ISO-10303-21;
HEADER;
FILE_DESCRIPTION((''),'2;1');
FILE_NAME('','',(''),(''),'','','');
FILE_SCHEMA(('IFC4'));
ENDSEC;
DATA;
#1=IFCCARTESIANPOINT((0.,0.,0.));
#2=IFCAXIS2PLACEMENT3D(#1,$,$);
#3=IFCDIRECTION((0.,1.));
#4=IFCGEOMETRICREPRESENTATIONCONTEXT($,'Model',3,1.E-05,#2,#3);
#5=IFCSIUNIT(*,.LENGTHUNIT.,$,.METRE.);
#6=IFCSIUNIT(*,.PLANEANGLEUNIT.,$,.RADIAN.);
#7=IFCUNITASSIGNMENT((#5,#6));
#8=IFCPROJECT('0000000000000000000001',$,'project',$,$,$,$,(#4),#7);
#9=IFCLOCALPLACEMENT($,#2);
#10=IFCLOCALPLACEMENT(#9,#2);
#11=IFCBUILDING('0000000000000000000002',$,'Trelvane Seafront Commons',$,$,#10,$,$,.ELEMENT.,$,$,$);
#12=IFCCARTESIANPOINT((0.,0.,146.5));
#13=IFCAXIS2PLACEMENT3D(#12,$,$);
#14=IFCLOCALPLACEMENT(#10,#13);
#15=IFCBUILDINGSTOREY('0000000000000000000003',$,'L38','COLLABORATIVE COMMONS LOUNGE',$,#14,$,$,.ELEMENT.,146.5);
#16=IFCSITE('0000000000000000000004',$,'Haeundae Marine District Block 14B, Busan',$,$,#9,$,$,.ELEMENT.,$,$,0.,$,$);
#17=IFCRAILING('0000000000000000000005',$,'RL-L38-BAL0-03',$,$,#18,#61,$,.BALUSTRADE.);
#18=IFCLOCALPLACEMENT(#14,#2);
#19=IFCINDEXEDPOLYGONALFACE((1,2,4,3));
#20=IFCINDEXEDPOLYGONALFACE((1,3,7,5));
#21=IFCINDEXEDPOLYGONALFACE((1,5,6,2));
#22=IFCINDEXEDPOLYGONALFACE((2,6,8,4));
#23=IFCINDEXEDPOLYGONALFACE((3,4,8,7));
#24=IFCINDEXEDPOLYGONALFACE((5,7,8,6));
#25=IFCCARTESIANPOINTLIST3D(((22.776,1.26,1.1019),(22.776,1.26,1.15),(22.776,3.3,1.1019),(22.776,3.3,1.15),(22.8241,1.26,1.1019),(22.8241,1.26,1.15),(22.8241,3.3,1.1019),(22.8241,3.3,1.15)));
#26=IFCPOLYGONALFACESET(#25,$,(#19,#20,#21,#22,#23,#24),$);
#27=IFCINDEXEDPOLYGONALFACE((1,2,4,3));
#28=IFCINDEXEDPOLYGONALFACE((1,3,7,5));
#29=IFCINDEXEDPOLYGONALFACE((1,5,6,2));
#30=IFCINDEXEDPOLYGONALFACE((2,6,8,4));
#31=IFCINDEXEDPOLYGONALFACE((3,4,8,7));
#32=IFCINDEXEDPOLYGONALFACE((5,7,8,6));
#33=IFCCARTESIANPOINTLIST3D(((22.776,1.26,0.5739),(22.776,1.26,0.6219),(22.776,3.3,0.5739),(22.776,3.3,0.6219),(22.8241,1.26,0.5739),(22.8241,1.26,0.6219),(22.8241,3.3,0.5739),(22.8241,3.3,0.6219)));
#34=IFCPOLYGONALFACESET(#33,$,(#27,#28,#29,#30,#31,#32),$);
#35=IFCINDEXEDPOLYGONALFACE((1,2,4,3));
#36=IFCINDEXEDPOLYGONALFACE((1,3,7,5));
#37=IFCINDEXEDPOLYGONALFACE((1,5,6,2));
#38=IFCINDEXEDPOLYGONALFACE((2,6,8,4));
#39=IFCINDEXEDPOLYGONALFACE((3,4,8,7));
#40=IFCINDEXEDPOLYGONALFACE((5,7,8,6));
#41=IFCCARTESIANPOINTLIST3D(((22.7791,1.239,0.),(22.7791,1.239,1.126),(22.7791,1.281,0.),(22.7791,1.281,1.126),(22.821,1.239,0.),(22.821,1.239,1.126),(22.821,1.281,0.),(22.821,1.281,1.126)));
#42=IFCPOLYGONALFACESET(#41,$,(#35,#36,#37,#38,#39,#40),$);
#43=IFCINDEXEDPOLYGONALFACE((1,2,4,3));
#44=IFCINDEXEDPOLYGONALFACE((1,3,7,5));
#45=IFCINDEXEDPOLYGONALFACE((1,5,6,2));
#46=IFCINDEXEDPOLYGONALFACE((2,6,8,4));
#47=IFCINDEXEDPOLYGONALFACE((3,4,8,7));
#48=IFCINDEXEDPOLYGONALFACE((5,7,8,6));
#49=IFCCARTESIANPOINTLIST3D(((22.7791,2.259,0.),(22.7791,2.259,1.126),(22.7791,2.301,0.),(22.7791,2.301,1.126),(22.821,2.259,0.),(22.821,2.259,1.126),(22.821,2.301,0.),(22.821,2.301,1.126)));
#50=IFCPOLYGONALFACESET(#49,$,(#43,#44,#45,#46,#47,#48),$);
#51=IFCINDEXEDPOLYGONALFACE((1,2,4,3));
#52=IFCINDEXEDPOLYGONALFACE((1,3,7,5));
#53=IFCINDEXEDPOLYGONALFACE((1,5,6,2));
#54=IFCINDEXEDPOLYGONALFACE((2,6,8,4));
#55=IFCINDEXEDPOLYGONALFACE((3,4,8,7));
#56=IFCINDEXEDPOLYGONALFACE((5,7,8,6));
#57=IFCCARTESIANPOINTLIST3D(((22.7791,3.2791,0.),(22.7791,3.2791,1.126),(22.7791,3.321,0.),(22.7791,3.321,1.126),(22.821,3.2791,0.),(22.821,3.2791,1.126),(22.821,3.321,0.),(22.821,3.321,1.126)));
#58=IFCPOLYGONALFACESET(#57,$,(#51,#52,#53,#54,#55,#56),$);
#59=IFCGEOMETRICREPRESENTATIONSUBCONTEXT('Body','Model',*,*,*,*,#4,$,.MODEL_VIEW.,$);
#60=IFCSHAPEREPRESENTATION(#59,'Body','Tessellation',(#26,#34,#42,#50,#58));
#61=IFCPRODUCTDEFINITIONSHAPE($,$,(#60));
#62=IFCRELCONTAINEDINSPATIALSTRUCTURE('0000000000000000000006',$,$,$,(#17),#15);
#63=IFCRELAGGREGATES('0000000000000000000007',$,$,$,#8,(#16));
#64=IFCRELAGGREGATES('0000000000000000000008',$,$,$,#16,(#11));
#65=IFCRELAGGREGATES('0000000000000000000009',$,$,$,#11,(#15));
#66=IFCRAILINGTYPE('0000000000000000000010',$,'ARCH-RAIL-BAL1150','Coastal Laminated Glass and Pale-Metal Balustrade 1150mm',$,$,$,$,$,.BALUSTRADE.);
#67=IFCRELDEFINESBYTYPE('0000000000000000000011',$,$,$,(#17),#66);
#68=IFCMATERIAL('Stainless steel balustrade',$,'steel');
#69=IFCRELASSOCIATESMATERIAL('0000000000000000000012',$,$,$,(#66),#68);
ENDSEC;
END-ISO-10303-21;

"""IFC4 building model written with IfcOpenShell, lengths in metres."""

from ifc_helpers import new_model, si_unit, direction, frame, origin, origin_2d, place, context, subcontext, project, spatial, rectangle, extrude, material, type_object, element, save


model = new_model("IFC4")

# Units and contexts
model_context = context("Model", 3, precision=1e-05, world=origin(), true_north=direction((0.0, 1.0)))
body_context = subcontext(model_context, "Body", "Model", "MODEL_VIEW")
ifc_project = project(units=[si_unit("LENGTHUNIT", "METRE"), si_unit("PLANEANGLEUNIT", "RADIAN")], contexts=[model_context])

# Site, building, storey
site_placement = place(None, origin())
site = spatial("IfcSite", under=ifc_project, at=site_placement, Name="Haeundae Marine District Block 14B, Busan", CompositionType="ELEMENT", RefElevation=0.0)
building_placement = place(site_placement, origin())
building = spatial("IfcBuilding", under=site, at=building_placement, Name="Trelvane Seafront Commons", CompositionType="ELEMENT")
storey_placement = place(building_placement, frame((0.0, 0.0, 146.5)))
storey = spatial("IfcBuildingStorey", under=building, at=storey_placement, Name="L38", Description="COLLABORATIVE COMMONS LOUNGE", CompositionType="ELEMENT", Elevation=146.5)

# Railing
ifc_material_1 = material(Name="Stainless steel balustrade", Category="steel")
railing_type = type_object("IfcRailingType", Name="ARCH-RAIL-BAL1150", Description="Coastal Laminated Glass and Pale-Metal Balustrade 1150mm", PredefinedType="BALUSTRADE", material=ifc_material_1)
railing_1_placement = place(storey_placement, frame((22.8, 1.26, 0.0)))
element("IfcRailing", 1, at=railing_1_placement, inside=storey, type_object=railing_type, Name="RL-L38-BAL0-03", PredefinedType="BALUSTRADE", context=body_context, shape_type="SweptSolid", body=[
    extrude(rectangle(XDim=0.0481, YDim=0.0481, at=origin_2d()), frame((0.0, 0.0, 1.126), z_axis=(0.0, 1.0, 0.0), x_axis=(-1.0, 0.0, 0.0)), (0.0, 0.0, 1.0), 2.04),
    extrude(rectangle(XDim=0.0481, YDim=0.0481, at=origin_2d()), frame((0.0, 0.0, 0.5979), z_axis=(0.0, 1.0, 0.0), x_axis=(-1.0, 0.0, 0.0)), (0.0, 0.0, 1.0), 2.04),
    extrude(rectangle(XDim=0.042, YDim=0.042, at=origin_2d()), origin(), (0.0, 0.0, 1.0), 1.126),
    extrude(rectangle(XDim=0.042, YDim=0.042, at=origin_2d()), frame((0.0, 1.02, 0.0)), (0.0, 0.0, 1.0), 1.126),
    extrude(rectangle(XDim=0.042, YDim=0.042, at=origin_2d()), frame((0.0, 2.04, 0.0)), (0.0, 0.0, 1.0), 1.126),
])

save(model, "model.ifc")
